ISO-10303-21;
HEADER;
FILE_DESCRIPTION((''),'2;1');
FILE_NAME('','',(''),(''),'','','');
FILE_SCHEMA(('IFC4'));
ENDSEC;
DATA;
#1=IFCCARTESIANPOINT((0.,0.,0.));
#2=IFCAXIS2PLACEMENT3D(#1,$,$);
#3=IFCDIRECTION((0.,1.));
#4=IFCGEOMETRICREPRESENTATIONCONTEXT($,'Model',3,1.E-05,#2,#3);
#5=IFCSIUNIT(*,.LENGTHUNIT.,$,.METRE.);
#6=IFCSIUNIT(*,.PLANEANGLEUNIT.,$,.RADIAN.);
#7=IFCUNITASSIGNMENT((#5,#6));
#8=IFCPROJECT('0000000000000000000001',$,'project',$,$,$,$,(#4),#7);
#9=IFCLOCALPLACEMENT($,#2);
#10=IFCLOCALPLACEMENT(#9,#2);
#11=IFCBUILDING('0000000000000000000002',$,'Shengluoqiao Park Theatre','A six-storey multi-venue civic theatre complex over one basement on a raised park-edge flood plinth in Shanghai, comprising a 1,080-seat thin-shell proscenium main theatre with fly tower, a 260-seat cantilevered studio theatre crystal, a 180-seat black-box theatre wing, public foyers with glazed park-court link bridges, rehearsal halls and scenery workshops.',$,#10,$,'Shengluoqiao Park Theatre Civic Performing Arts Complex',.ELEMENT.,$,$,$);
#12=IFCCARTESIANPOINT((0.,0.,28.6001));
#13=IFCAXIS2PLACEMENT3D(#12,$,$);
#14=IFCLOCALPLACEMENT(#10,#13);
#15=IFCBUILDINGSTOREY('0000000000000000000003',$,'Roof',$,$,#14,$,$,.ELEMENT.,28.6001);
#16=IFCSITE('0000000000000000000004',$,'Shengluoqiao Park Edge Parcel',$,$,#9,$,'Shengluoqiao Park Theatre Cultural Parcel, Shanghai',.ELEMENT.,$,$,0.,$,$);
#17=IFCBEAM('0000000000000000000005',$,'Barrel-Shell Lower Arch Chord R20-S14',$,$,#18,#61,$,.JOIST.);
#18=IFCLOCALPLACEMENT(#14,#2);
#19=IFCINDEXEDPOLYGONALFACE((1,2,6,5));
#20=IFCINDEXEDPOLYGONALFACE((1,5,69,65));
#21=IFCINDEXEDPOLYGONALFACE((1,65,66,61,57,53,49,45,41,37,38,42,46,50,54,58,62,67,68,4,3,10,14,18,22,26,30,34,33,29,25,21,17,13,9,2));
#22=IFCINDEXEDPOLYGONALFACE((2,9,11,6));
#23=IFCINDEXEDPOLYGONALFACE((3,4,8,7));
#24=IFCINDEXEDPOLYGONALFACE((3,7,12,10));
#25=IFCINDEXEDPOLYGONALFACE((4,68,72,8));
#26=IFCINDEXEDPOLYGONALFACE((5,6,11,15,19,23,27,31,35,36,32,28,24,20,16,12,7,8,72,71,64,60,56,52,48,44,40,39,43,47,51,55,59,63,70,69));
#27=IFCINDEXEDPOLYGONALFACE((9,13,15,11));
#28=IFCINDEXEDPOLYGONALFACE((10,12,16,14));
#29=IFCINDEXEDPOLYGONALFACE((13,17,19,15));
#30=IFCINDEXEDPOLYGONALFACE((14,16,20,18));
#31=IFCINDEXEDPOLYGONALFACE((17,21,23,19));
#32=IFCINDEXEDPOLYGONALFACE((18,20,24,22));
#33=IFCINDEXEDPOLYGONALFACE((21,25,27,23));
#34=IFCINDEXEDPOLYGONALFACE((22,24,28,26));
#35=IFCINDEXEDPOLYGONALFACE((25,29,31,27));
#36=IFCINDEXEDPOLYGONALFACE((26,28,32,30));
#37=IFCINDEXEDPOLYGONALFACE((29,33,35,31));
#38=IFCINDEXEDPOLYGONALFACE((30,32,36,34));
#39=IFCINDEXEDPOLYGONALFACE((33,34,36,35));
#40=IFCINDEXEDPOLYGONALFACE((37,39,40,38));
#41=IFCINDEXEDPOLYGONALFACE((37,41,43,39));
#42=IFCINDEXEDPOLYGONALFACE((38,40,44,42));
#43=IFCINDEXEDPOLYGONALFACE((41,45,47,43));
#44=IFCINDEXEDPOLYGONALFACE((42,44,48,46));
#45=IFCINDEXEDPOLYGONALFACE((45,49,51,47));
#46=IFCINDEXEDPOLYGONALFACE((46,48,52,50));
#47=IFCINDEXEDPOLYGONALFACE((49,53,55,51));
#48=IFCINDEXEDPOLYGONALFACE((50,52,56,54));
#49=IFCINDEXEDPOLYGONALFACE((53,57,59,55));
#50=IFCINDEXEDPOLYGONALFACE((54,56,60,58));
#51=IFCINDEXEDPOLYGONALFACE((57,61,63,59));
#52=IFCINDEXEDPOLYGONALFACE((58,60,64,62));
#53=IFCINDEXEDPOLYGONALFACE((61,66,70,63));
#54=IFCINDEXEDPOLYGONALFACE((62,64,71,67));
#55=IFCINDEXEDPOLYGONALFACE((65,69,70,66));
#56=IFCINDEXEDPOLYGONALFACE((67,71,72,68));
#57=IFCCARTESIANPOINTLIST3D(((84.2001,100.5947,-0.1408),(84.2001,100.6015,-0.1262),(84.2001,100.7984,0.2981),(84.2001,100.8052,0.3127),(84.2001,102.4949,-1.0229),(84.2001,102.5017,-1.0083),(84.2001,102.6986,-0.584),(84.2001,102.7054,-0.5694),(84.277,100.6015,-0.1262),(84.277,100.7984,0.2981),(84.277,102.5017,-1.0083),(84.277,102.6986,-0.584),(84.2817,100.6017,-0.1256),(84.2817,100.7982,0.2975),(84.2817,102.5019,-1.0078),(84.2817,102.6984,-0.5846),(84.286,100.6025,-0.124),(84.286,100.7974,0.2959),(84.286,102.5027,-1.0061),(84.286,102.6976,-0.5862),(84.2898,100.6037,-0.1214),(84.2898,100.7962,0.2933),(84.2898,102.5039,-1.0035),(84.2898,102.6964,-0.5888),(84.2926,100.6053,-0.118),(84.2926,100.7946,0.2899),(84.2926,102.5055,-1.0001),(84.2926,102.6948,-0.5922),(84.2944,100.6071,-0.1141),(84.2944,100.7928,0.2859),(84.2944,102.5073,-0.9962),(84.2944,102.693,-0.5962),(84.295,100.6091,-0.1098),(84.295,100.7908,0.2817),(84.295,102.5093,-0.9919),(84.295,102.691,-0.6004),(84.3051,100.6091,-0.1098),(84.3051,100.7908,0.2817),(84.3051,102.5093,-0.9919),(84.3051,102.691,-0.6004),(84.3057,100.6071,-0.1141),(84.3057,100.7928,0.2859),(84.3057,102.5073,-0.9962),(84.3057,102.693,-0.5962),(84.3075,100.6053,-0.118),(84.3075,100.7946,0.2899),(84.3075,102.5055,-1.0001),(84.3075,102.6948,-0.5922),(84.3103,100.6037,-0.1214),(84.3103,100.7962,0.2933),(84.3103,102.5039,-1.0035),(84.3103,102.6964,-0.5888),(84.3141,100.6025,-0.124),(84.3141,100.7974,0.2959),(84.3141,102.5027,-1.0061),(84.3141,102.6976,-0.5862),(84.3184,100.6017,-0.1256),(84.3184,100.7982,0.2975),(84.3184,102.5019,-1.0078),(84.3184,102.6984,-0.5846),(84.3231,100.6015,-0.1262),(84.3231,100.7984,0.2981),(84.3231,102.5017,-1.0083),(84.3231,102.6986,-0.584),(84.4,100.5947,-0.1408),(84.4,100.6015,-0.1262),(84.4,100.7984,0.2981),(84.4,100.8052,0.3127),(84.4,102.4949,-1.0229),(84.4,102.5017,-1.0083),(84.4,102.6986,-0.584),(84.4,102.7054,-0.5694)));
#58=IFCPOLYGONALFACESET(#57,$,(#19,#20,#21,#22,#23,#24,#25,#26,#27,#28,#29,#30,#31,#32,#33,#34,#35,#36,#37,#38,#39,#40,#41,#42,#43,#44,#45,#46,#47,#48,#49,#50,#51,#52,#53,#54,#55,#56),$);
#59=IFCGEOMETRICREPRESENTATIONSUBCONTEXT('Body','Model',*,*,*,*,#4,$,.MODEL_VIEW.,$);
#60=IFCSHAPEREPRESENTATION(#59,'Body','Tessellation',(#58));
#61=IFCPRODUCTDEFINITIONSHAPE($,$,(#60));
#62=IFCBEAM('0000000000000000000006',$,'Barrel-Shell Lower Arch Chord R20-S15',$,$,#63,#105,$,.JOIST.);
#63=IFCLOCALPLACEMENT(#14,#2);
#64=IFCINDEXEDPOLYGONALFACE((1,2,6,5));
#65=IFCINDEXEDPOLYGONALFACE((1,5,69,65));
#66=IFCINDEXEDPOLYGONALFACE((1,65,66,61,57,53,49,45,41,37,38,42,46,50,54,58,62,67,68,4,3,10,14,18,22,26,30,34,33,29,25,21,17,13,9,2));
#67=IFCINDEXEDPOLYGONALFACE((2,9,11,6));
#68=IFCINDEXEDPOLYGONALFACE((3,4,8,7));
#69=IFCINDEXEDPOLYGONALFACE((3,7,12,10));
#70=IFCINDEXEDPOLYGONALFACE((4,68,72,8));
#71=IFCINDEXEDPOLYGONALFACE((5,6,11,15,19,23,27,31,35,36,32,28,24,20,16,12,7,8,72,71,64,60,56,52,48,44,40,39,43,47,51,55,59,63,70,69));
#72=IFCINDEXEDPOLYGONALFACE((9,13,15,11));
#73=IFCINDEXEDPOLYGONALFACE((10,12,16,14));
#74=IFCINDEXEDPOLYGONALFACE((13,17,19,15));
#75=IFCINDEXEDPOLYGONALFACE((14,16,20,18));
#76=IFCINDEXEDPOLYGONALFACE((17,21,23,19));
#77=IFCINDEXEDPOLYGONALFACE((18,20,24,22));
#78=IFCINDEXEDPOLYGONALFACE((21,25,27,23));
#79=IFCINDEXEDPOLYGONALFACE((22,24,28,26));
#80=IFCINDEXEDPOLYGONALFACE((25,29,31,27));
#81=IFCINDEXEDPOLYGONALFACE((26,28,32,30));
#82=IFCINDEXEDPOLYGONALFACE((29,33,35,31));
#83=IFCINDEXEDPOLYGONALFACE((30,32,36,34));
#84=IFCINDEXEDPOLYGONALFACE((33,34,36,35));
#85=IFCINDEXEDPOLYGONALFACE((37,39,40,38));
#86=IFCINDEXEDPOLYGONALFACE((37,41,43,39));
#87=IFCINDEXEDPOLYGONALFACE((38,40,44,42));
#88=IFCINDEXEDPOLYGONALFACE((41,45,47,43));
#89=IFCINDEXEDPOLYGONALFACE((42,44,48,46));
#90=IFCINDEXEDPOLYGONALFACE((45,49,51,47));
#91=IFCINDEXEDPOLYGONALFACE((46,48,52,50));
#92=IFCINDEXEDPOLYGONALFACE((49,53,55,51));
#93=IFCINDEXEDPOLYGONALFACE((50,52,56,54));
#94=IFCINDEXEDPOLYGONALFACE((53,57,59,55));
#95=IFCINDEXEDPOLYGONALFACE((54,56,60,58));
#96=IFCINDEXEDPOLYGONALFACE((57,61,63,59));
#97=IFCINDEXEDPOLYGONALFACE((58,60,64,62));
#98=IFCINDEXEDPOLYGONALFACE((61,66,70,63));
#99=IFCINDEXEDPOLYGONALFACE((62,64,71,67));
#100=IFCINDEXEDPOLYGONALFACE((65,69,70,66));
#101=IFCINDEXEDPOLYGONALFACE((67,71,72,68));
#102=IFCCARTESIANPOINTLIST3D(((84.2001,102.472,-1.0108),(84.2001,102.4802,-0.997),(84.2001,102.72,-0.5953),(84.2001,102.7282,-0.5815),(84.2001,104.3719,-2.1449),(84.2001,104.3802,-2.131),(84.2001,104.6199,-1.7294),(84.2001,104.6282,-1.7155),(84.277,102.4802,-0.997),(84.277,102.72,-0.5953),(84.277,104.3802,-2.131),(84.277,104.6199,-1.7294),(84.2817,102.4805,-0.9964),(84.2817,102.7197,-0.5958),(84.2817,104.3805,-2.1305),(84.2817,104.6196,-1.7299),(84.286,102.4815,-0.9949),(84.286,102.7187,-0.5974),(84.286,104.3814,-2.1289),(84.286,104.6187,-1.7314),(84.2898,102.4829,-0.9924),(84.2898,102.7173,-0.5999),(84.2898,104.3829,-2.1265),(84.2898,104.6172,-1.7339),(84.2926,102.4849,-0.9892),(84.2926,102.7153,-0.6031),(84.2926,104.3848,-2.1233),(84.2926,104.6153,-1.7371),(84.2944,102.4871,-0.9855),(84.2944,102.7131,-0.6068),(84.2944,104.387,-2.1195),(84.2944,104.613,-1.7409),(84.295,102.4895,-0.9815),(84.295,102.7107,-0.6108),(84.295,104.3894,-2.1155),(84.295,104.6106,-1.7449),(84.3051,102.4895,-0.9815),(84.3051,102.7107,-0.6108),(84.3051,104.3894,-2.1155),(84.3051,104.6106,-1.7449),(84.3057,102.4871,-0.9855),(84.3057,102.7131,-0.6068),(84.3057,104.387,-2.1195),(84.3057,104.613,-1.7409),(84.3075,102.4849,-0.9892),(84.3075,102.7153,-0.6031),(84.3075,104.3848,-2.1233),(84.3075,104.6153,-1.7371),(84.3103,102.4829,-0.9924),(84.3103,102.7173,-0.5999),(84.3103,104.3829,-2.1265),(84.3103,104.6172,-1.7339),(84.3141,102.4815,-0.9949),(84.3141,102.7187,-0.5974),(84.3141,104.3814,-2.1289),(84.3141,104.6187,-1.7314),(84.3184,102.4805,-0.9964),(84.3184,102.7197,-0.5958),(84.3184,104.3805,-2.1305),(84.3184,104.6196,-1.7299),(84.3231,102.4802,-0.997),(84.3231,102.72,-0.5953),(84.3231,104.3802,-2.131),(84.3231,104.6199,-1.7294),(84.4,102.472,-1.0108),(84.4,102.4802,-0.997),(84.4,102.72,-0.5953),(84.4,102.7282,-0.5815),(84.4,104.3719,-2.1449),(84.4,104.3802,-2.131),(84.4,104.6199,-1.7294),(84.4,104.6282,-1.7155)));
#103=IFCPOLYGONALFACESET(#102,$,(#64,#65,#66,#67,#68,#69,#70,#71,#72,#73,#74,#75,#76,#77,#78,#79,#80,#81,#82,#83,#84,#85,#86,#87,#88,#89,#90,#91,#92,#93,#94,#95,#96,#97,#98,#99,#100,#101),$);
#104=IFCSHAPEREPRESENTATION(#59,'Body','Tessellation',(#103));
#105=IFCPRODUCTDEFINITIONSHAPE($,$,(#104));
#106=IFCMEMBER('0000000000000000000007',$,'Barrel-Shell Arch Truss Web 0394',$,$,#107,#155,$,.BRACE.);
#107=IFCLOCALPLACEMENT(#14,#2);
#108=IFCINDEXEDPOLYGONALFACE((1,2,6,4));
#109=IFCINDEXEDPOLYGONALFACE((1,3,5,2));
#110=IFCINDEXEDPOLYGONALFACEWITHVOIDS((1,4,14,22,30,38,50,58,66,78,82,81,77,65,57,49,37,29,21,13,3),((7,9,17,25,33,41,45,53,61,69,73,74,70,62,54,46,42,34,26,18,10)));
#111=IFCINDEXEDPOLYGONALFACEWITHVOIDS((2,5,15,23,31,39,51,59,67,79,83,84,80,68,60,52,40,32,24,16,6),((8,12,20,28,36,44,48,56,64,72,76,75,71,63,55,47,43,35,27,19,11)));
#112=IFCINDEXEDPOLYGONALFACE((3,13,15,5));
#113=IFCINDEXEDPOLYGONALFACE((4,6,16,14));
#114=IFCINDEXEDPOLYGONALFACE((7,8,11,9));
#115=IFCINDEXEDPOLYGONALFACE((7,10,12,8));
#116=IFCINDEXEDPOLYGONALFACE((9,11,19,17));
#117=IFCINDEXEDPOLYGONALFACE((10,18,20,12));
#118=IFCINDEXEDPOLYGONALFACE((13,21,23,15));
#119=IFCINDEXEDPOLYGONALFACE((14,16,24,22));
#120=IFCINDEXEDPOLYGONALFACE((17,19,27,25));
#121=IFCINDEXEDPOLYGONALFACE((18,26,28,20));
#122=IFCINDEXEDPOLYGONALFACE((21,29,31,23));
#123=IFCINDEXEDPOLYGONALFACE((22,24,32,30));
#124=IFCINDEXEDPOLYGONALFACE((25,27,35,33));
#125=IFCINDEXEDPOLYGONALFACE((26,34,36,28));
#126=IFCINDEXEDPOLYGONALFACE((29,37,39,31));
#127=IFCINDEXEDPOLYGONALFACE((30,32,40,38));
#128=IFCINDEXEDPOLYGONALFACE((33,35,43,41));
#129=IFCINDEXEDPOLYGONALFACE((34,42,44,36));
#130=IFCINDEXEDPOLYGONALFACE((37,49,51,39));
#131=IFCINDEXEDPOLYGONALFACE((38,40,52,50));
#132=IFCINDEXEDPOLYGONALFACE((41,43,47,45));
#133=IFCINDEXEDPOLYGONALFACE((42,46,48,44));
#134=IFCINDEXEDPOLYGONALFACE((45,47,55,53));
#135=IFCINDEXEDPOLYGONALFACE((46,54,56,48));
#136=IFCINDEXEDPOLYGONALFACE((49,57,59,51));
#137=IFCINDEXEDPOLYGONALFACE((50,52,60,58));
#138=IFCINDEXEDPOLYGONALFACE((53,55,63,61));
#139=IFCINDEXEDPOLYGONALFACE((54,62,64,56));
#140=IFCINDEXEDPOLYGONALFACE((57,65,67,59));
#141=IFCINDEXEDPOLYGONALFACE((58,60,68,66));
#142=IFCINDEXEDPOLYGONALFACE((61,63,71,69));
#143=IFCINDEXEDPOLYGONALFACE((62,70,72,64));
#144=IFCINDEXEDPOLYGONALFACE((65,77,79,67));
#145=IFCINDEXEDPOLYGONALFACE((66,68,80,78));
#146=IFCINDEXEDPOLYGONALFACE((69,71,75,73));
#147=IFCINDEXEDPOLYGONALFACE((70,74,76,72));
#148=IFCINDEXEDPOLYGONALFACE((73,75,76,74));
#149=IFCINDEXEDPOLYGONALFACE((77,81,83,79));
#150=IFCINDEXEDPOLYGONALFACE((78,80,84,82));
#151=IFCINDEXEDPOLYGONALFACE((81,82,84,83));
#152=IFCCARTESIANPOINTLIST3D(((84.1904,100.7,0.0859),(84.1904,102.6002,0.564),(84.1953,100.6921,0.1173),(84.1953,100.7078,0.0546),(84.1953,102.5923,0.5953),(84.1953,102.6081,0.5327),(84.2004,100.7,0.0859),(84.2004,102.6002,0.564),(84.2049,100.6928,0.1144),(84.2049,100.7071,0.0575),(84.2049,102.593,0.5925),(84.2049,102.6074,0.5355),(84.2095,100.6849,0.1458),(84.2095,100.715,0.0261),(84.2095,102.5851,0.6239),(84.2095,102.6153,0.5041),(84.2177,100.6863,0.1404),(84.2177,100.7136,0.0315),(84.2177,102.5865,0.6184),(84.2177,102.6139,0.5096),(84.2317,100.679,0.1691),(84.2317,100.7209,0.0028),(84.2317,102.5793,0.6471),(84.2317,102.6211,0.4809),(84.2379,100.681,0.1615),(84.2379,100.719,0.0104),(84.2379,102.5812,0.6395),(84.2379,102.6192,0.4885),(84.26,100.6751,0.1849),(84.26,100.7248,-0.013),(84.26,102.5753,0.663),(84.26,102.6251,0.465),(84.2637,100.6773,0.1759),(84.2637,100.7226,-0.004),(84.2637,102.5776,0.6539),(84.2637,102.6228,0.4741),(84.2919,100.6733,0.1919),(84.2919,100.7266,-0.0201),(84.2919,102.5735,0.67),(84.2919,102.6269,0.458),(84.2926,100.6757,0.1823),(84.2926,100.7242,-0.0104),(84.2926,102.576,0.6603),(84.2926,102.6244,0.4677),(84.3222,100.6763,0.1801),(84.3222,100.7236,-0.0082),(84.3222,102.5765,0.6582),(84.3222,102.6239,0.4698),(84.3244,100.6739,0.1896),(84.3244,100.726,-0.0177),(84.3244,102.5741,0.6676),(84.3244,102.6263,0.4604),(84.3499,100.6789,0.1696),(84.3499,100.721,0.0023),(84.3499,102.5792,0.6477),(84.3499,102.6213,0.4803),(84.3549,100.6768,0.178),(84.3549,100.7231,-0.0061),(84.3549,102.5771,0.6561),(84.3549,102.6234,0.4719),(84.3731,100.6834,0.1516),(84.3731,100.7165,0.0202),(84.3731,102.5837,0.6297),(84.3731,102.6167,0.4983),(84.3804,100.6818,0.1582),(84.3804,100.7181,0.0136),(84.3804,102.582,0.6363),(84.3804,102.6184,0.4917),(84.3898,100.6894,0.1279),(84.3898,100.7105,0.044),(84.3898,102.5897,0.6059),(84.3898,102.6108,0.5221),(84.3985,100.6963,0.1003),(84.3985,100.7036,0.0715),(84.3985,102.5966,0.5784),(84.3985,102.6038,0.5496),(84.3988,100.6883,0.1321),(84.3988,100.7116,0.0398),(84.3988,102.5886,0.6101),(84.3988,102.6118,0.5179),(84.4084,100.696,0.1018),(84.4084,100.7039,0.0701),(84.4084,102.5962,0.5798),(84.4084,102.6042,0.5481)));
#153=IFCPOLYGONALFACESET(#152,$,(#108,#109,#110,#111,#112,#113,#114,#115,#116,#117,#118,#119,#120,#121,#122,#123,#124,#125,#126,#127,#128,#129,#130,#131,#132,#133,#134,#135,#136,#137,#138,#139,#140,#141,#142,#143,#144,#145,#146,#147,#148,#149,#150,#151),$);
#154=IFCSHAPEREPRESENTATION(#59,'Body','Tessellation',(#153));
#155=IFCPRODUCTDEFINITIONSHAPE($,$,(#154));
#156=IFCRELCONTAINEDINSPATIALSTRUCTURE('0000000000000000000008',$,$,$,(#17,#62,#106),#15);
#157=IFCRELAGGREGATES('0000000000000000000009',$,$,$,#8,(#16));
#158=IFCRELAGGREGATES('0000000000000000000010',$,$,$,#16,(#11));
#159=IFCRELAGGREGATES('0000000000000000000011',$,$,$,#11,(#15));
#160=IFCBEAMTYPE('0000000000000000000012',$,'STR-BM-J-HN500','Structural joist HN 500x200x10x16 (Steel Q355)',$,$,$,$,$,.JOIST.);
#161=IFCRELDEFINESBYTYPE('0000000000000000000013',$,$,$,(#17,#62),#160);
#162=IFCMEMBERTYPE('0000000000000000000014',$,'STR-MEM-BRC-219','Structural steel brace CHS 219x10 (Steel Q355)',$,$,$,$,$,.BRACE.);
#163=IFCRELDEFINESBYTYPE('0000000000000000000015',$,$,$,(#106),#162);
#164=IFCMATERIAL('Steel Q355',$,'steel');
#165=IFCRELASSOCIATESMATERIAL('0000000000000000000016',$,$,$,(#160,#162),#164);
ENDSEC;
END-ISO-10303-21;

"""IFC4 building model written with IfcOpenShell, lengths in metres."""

from ifc_helpers import new_model, si_unit, direction, frame, origin, origin_2d, place, context, subcontext, project, spatial, hollow_circle, i_section, extrude, material, material_profile, profile_set, type_object, element, save


model = new_model("IFC4")

# Units and contexts
model_context = context("Model", 3, precision=1e-05, world=origin(), true_north=direction((0.0, 1.0)))
body_context = subcontext(model_context, "Body", "Model", "MODEL_VIEW")
ifc_project = project(units=[si_unit("LENGTHUNIT", "METRE"), si_unit("PLANEANGLEUNIT", "RADIAN")], contexts=[model_context])

# Site, building, storey
site_placement = place(None, origin())
site = spatial("IfcSite", under=ifc_project, at=site_placement, Name="Shengluoqiao Park Edge Parcel", LongName="Shengluoqiao Park Theatre Cultural Parcel, Shanghai", CompositionType="ELEMENT", RefElevation=0.0)
building_placement = place(site_placement, origin())
building = spatial("IfcBuilding", under=site, at=building_placement, Name="Shengluoqiao Park Theatre", Description="A six-storey multi-venue civic theatre complex over one basement on a raised park-edge flood plinth in Shanghai, comprising a 1,080-seat thin-shell proscenium main theatre with fly tower, a 260-seat cantilevered studio theatre crystal, a 180-seat black-box theatre wing, public foyers with glazed park-court link bridges, rehearsal halls and scenery workshops.", LongName="Shengluoqiao Park Theatre Civic Performing Arts Complex", CompositionType="ELEMENT")
storey_placement = place(building_placement, frame((0.0, 0.0, 28.6001)))
storey = spatial("IfcBuildingStorey", under=building, at=storey_placement, Name="Roof", CompositionType="ELEMENT", Elevation=28.6001)

# Beams
ifc_material_1 = material(Name="Steel Q355", Category="steel")
ifc_material_profile_1 = material_profile(ifc_material_1, i_section(OverallWidth=0.2, OverallDepth=0.5, WebThickness=0.01, FlangeThickness=0.0161, FilletRadius=0.0181, at=origin_2d()), Name="HN 500x200x10x16")
ifc_profile_set_1 = profile_set([ifc_material_profile_1], Name="Steel Q355")
beam_type_1 = type_object("IfcBeamType", Name="STR-BM-J-HN500", Description="Structural joist HN 500x200x10x16 (Steel Q355)", PredefinedType="JOIST", material=ifc_profile_set_1)
beam_1_placement = place(storey_placement, frame((84.3, 100.7, 0.0859), z_axis=(0.0, 0.907033, -0.42106), x_axis=(-1.0, 0.0, 0.0)))
element("IfcBeam", 1, at=beam_1_placement, inside=storey, type_object=beam_type_1, Name="Barrel-Shell Lower Arch Chord R20-S14", PredefinedType="JOIST", context=body_context, shape_type="SweptSolid", body=[
    extrude(i_section(OverallWidth=0.2, OverallDepth=0.5, WebThickness=0.01, FlangeThickness=0.0161, FilletRadius=0.0181, at=origin_2d()), origin(), (0.0, 0.0, 1.0), 2.095),
])
beam_2_placement = place(storey_placement, frame((84.3, 102.6001, -0.7961), z_axis=(0.0, 0.858669, -0.512531), x_axis=(-1.0, 0.0, 0.0)))
element("IfcBeam", 2, at=beam_2_placement, inside=storey, type_object=beam_type_1, Name="Barrel-Shell Lower Arch Chord R20-S15", PredefinedType="JOIST", context=body_context, shape_type="SweptSolid", body=[
    extrude(i_section(OverallWidth=0.2, OverallDepth=0.5, WebThickness=0.01, FlangeThickness=0.0161, FilletRadius=0.0181, at=origin_2d()), origin(), (0.0, 0.0, 1.0), 2.2126),
])

# Member
ifc_material_profile_2 = material_profile(ifc_material_1, hollow_circle(Radius=0.1096, WallThickness=0.01, at=origin_2d()), Name="CHS 219x10")
ifc_profile_set_2 = profile_set([ifc_material_profile_2], Name="Steel Q355")
member_type_1 = type_object("IfcMemberType", Name="STR-MEM-BRC-219", Description="Structural steel brace CHS 219x10 (Steel Q355)", PredefinedType="BRACE", material=ifc_profile_set_2)
member_1_placement = place(storey_placement, frame((84.3, 100.7, 0.0859), z_axis=(0.0, 0.969782, 0.243972), x_axis=(-1.0, 0.0, 0.0)))
element("IfcMember", 3, at=member_1_placement, inside=storey, type_object=member_type_1, Name="Barrel-Shell Arch Truss Web 0394", PredefinedType="BRACE", context=body_context, shape_type="SweptSolid", body=[
    extrude(hollow_circle(Radius=0.1096, WallThickness=0.01, at=origin_2d()), origin(), (0.0, 0.0, 1.0), 1.9595),
])

save(model, "model.ifc")
